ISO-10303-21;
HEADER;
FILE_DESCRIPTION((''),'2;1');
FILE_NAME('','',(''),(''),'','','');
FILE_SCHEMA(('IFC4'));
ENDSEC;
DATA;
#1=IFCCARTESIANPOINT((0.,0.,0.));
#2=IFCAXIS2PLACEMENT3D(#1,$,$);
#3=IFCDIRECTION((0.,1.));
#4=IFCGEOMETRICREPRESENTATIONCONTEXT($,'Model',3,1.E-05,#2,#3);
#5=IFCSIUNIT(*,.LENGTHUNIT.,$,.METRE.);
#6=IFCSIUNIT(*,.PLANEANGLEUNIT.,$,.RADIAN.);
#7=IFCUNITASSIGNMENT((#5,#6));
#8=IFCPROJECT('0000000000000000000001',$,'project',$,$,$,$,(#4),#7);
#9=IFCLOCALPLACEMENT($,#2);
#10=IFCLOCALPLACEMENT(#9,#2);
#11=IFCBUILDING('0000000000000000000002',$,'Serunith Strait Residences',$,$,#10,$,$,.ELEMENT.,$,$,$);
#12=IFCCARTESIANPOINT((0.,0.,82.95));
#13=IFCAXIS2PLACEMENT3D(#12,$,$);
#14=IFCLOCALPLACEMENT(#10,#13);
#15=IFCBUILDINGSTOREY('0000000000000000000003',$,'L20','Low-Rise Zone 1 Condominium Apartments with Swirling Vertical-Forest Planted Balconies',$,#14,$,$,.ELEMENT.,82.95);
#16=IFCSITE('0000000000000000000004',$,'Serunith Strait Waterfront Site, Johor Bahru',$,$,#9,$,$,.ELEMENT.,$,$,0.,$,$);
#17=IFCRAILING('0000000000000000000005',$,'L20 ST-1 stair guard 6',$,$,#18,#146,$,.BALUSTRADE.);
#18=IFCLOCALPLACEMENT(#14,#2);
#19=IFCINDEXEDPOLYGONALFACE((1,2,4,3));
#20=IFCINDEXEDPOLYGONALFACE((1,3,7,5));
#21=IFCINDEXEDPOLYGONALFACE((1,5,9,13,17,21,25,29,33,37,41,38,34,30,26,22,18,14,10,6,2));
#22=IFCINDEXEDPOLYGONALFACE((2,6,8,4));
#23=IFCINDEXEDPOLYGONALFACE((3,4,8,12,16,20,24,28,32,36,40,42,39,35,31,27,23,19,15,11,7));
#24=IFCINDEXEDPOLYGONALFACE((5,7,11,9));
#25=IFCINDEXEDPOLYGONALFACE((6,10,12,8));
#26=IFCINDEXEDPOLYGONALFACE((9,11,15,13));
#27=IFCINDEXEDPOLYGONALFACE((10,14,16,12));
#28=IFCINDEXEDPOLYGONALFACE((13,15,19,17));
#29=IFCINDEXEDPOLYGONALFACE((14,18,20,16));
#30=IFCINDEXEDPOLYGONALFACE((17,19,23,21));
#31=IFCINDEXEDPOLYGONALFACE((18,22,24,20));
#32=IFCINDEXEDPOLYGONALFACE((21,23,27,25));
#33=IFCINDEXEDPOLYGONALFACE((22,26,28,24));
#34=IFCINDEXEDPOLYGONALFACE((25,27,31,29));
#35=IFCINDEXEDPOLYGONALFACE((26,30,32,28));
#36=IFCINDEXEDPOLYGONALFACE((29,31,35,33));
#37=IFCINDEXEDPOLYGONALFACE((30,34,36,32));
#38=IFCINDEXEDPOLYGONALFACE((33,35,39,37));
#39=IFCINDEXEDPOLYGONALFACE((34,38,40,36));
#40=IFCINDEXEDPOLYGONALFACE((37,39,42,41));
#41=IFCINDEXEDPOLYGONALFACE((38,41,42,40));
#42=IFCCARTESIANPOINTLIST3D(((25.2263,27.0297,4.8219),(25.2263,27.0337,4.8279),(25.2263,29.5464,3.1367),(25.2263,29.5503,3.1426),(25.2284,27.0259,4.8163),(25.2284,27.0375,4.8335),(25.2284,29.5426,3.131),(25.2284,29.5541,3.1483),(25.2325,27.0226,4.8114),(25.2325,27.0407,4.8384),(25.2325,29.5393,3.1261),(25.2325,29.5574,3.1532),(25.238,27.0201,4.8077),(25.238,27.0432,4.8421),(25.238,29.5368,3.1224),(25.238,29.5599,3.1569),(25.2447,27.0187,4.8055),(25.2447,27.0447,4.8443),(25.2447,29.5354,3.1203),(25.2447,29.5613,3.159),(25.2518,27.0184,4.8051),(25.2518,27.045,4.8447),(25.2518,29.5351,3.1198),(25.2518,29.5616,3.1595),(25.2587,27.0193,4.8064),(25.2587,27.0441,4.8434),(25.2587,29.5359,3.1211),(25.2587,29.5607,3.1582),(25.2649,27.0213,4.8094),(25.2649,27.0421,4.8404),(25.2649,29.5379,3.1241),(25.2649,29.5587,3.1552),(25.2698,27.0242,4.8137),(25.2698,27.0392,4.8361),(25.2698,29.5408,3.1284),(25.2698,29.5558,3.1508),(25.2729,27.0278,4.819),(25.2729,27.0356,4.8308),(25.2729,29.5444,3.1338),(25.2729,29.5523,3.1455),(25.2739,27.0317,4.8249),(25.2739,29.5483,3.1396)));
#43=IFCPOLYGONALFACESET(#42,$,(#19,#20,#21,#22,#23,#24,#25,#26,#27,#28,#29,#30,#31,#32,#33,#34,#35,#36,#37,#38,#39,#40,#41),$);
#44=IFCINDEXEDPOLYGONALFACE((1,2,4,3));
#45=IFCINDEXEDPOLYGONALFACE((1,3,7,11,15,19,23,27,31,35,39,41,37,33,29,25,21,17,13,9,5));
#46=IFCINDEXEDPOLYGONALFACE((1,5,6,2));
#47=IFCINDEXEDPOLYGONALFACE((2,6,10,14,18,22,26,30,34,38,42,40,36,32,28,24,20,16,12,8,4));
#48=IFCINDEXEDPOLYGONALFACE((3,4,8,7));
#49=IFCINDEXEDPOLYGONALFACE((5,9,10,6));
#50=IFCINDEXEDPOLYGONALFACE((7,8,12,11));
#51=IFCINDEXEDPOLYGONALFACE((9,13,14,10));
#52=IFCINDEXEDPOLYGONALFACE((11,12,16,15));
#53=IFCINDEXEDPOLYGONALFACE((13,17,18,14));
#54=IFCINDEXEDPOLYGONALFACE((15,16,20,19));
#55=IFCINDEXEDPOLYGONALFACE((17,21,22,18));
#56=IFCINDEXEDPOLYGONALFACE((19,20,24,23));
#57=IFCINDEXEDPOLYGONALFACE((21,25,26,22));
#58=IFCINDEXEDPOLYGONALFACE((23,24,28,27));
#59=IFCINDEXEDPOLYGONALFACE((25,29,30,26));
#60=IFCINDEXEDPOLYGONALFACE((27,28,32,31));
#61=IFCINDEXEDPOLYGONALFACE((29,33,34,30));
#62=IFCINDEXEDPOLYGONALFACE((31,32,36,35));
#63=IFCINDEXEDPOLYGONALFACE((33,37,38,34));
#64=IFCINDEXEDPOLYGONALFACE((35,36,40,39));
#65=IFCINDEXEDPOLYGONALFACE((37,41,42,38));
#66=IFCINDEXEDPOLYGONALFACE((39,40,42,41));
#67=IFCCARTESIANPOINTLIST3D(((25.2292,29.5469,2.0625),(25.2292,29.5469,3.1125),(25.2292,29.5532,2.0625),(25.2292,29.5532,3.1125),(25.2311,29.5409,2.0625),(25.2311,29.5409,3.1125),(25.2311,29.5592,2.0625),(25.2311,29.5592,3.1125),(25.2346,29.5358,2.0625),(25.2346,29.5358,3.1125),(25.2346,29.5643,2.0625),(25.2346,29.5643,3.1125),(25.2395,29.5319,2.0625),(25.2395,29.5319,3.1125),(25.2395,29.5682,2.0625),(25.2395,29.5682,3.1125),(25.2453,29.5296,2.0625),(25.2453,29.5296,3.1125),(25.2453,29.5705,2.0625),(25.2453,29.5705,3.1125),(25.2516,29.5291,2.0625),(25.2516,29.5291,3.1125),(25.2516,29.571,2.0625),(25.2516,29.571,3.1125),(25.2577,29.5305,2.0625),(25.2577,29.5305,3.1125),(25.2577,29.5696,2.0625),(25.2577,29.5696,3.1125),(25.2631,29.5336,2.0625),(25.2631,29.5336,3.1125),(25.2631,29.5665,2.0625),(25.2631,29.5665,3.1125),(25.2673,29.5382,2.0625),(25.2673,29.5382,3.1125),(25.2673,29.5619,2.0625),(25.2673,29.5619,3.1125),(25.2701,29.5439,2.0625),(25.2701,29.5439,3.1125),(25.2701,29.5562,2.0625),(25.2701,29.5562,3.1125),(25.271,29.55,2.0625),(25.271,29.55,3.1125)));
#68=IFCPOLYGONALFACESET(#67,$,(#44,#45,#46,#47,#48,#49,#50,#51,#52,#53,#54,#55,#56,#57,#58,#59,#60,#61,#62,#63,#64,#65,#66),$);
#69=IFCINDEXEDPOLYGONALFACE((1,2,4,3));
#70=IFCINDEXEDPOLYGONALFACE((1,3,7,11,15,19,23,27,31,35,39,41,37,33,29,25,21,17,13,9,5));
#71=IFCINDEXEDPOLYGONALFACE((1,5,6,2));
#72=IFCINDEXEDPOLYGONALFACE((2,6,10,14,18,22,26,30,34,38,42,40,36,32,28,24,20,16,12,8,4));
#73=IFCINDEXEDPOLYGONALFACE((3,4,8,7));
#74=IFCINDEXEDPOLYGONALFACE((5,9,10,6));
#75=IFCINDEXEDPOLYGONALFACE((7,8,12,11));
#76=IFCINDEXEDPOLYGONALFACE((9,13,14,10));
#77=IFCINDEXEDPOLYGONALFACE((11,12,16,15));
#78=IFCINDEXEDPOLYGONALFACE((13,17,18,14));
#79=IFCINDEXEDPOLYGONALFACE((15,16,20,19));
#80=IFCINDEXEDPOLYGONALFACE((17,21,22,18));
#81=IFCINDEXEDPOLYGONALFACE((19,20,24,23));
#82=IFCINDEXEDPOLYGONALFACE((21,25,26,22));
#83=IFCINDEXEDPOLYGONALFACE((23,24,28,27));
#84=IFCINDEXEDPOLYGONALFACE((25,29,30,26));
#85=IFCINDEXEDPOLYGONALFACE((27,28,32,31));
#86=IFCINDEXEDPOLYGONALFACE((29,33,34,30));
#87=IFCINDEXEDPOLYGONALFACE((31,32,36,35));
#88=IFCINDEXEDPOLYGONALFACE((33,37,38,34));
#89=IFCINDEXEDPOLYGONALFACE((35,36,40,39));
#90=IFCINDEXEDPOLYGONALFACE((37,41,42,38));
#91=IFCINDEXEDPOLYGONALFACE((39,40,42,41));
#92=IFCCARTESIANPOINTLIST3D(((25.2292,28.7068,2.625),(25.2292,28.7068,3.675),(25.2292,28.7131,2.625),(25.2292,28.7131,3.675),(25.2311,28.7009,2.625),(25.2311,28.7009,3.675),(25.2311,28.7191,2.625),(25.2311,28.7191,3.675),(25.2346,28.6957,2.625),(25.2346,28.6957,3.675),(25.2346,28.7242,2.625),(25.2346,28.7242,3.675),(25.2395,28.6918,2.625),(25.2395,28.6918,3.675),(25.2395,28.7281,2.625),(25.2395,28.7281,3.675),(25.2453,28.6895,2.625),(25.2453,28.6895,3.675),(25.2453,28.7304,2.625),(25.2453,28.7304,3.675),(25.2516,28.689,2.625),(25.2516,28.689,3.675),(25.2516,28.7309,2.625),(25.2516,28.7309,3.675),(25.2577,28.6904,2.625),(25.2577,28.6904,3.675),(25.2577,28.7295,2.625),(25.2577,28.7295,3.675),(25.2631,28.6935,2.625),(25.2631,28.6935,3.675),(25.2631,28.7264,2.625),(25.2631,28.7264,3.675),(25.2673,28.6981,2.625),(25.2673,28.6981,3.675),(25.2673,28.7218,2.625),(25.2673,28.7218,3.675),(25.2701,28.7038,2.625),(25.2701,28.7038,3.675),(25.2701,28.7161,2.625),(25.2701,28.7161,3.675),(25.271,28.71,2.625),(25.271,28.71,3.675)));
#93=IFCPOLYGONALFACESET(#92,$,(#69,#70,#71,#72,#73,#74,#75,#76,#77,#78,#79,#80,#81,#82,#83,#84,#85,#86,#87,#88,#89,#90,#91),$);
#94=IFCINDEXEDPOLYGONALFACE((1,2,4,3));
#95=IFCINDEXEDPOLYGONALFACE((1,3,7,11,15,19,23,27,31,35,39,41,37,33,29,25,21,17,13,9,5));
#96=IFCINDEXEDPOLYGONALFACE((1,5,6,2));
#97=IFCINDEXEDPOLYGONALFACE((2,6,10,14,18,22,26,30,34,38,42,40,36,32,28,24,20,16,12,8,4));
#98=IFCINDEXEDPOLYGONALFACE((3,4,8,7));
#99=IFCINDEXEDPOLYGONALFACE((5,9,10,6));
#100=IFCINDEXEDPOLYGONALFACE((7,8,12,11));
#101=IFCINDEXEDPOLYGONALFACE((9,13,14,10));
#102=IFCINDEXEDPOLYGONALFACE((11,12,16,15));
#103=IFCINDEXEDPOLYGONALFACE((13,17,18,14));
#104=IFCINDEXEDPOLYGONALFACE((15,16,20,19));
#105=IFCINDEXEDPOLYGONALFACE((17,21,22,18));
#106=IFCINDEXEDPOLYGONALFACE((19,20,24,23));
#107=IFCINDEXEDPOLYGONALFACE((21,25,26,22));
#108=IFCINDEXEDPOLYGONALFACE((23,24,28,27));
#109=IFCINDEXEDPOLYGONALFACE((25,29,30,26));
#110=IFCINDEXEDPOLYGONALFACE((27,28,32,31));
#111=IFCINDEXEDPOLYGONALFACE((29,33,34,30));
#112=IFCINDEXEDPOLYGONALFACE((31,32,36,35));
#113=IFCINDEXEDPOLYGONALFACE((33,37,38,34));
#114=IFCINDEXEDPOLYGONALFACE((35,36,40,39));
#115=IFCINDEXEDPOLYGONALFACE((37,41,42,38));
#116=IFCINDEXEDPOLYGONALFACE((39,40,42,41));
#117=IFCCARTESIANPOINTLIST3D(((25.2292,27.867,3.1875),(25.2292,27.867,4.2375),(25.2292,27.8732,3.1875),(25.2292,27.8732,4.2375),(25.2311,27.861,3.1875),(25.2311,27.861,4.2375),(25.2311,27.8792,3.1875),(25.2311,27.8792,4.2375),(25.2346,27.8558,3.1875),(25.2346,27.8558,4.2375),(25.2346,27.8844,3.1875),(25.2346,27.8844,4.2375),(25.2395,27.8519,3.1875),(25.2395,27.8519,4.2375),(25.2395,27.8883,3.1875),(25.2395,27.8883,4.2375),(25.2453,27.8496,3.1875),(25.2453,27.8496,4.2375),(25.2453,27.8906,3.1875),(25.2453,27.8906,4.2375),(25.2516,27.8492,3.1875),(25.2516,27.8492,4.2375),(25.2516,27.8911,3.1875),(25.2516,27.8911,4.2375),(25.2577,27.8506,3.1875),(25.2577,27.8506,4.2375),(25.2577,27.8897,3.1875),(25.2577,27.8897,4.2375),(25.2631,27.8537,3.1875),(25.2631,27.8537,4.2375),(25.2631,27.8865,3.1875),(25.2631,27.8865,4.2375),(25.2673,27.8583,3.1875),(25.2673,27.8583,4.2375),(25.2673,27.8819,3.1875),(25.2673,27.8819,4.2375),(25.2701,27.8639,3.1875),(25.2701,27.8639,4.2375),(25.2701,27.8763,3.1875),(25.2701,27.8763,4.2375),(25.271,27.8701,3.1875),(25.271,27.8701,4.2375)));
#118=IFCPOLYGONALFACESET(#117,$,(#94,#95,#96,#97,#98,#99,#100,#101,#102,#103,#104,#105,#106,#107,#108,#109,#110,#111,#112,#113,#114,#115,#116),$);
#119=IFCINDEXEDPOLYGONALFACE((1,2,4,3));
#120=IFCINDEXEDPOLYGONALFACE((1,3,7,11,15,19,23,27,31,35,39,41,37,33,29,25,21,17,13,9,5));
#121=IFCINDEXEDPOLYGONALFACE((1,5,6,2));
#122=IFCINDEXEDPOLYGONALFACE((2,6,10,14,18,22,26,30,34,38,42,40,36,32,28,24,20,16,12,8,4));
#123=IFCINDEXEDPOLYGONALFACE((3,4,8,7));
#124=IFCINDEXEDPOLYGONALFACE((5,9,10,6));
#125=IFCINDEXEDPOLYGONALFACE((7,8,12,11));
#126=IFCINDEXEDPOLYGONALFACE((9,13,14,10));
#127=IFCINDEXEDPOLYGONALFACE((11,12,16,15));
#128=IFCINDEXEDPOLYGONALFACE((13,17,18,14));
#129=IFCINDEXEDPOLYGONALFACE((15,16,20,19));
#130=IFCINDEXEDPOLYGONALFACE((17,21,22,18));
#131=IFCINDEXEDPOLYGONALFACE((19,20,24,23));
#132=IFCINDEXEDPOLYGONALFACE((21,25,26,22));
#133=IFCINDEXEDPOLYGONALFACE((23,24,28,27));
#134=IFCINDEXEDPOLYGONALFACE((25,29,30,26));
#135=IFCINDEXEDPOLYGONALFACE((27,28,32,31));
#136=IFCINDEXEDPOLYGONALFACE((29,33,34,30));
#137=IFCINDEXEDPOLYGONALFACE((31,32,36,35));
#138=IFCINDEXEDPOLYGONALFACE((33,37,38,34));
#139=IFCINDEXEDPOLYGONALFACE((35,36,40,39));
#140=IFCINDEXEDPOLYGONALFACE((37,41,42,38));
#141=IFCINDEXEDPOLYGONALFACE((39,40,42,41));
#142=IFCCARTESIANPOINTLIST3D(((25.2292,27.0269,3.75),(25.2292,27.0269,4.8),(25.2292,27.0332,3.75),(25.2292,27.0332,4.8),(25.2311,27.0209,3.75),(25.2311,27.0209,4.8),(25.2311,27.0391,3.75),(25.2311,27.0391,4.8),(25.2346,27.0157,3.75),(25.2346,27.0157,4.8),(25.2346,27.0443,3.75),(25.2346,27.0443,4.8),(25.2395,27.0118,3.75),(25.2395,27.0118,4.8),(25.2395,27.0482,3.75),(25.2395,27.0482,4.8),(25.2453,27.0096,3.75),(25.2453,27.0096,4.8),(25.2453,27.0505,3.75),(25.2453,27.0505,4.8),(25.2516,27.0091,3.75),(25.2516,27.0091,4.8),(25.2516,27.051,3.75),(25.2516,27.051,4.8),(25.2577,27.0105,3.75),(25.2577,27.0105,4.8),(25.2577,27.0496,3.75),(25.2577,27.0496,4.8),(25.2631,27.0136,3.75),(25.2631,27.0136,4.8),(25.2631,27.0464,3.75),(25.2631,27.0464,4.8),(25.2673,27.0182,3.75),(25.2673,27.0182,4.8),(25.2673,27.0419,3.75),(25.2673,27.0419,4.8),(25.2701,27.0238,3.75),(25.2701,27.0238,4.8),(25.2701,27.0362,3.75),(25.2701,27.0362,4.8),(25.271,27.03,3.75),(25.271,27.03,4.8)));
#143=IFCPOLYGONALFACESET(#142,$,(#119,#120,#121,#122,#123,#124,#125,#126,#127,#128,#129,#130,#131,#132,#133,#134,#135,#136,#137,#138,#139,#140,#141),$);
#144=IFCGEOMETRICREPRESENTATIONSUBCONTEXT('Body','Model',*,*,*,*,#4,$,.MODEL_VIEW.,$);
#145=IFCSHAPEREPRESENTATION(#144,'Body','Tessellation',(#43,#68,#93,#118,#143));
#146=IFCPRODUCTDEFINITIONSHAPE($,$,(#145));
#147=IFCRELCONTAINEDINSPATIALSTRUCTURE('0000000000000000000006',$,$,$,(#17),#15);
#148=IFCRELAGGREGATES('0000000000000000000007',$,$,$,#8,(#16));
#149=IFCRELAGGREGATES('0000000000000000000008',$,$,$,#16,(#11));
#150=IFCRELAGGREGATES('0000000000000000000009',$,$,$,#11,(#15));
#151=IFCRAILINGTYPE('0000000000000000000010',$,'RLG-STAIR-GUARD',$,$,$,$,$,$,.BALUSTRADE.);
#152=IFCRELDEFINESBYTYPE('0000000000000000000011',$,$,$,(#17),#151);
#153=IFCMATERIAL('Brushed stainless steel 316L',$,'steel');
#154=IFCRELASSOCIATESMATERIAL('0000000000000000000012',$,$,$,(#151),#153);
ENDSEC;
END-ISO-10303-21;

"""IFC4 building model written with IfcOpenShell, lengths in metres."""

from ifc_helpers import new_model, si_unit, direction, frame, origin, origin_2d, place, context, subcontext, project, spatial, circle, extrude, material, type_object, element, save


model = new_model("IFC4")

# Units and contexts
model_context = context("Model", 3, precision=1e-05, world=origin(), true_north=direction((0.0, 1.0)))
body_context = subcontext(model_context, "Body", "Model", "MODEL_VIEW")
ifc_project = project(units=[si_unit("LENGTHUNIT", "METRE"), si_unit("PLANEANGLEUNIT", "RADIAN")], contexts=[model_context])

# Site, building, storey
site_placement = place(None, origin())
site = spatial("IfcSite", under=ifc_project, at=site_placement, Name="Serunith Strait Waterfront Site, Johor Bahru", CompositionType="ELEMENT", RefElevation=0.0)
building_placement = place(site_placement, origin())
building = spatial("IfcBuilding", under=site, at=building_placement, Name="Serunith Strait Residences", CompositionType="ELEMENT")
storey_placement = place(building_placement, frame((0.0, 0.0, 82.95)))
storey = spatial("IfcBuildingStorey", under=building, at=storey_placement, Name="L20", Description="Low-Rise Zone 1 Condominium Apartments with Swirling Vertical-Forest Planted Balconies", CompositionType="ELEMENT", Elevation=82.95)

# Railing
ifc_material_1 = material(Name="Brushed stainless steel 316L", Category="steel")
railing_type_1 = type_object("IfcRailingType", Name="RLG-STAIR-GUARD", PredefinedType="BALUSTRADE", material=ifc_material_1)
railing_1_placement = place(storey_placement, frame((25.25, 29.55, 2.0625)))
element("IfcRailing", 1, at=railing_1_placement, inside=storey, type_object=railing_type_1, Name="L20 ST-1 stair guard 6", PredefinedType="BALUSTRADE", context=body_context, shape_type="SweptSolid", body=[
    extrude(circle(Radius=0.0239, at=origin_2d()), frame((0.0, -0.0017, 1.0771), z_axis=(0.0, -0.830909, 0.556408), x_axis=(1.0, 0.0, 0.0)), (0.0, 0.0, 1.0), 3.0288),
    extrude(circle(Radius=0.021, at=origin_2d()), origin(), (0.0, 0.0, 1.0), 1.05),
    extrude(circle(Radius=0.021, at=origin_2d()), frame((0.0, -0.8401, 0.5625)), (0.0, 0.0, 1.0), 1.05),
    extrude(circle(Radius=0.021, at=origin_2d()), frame((0.0, -1.6799, 1.125)), (0.0, 0.0, 1.0), 1.05),
    extrude(circle(Radius=0.021, at=origin_2d()), frame((0.0, -2.52, 1.6875)), (0.0, 0.0, 1.0), 1.05),
])

save(model, "model.ifc")
